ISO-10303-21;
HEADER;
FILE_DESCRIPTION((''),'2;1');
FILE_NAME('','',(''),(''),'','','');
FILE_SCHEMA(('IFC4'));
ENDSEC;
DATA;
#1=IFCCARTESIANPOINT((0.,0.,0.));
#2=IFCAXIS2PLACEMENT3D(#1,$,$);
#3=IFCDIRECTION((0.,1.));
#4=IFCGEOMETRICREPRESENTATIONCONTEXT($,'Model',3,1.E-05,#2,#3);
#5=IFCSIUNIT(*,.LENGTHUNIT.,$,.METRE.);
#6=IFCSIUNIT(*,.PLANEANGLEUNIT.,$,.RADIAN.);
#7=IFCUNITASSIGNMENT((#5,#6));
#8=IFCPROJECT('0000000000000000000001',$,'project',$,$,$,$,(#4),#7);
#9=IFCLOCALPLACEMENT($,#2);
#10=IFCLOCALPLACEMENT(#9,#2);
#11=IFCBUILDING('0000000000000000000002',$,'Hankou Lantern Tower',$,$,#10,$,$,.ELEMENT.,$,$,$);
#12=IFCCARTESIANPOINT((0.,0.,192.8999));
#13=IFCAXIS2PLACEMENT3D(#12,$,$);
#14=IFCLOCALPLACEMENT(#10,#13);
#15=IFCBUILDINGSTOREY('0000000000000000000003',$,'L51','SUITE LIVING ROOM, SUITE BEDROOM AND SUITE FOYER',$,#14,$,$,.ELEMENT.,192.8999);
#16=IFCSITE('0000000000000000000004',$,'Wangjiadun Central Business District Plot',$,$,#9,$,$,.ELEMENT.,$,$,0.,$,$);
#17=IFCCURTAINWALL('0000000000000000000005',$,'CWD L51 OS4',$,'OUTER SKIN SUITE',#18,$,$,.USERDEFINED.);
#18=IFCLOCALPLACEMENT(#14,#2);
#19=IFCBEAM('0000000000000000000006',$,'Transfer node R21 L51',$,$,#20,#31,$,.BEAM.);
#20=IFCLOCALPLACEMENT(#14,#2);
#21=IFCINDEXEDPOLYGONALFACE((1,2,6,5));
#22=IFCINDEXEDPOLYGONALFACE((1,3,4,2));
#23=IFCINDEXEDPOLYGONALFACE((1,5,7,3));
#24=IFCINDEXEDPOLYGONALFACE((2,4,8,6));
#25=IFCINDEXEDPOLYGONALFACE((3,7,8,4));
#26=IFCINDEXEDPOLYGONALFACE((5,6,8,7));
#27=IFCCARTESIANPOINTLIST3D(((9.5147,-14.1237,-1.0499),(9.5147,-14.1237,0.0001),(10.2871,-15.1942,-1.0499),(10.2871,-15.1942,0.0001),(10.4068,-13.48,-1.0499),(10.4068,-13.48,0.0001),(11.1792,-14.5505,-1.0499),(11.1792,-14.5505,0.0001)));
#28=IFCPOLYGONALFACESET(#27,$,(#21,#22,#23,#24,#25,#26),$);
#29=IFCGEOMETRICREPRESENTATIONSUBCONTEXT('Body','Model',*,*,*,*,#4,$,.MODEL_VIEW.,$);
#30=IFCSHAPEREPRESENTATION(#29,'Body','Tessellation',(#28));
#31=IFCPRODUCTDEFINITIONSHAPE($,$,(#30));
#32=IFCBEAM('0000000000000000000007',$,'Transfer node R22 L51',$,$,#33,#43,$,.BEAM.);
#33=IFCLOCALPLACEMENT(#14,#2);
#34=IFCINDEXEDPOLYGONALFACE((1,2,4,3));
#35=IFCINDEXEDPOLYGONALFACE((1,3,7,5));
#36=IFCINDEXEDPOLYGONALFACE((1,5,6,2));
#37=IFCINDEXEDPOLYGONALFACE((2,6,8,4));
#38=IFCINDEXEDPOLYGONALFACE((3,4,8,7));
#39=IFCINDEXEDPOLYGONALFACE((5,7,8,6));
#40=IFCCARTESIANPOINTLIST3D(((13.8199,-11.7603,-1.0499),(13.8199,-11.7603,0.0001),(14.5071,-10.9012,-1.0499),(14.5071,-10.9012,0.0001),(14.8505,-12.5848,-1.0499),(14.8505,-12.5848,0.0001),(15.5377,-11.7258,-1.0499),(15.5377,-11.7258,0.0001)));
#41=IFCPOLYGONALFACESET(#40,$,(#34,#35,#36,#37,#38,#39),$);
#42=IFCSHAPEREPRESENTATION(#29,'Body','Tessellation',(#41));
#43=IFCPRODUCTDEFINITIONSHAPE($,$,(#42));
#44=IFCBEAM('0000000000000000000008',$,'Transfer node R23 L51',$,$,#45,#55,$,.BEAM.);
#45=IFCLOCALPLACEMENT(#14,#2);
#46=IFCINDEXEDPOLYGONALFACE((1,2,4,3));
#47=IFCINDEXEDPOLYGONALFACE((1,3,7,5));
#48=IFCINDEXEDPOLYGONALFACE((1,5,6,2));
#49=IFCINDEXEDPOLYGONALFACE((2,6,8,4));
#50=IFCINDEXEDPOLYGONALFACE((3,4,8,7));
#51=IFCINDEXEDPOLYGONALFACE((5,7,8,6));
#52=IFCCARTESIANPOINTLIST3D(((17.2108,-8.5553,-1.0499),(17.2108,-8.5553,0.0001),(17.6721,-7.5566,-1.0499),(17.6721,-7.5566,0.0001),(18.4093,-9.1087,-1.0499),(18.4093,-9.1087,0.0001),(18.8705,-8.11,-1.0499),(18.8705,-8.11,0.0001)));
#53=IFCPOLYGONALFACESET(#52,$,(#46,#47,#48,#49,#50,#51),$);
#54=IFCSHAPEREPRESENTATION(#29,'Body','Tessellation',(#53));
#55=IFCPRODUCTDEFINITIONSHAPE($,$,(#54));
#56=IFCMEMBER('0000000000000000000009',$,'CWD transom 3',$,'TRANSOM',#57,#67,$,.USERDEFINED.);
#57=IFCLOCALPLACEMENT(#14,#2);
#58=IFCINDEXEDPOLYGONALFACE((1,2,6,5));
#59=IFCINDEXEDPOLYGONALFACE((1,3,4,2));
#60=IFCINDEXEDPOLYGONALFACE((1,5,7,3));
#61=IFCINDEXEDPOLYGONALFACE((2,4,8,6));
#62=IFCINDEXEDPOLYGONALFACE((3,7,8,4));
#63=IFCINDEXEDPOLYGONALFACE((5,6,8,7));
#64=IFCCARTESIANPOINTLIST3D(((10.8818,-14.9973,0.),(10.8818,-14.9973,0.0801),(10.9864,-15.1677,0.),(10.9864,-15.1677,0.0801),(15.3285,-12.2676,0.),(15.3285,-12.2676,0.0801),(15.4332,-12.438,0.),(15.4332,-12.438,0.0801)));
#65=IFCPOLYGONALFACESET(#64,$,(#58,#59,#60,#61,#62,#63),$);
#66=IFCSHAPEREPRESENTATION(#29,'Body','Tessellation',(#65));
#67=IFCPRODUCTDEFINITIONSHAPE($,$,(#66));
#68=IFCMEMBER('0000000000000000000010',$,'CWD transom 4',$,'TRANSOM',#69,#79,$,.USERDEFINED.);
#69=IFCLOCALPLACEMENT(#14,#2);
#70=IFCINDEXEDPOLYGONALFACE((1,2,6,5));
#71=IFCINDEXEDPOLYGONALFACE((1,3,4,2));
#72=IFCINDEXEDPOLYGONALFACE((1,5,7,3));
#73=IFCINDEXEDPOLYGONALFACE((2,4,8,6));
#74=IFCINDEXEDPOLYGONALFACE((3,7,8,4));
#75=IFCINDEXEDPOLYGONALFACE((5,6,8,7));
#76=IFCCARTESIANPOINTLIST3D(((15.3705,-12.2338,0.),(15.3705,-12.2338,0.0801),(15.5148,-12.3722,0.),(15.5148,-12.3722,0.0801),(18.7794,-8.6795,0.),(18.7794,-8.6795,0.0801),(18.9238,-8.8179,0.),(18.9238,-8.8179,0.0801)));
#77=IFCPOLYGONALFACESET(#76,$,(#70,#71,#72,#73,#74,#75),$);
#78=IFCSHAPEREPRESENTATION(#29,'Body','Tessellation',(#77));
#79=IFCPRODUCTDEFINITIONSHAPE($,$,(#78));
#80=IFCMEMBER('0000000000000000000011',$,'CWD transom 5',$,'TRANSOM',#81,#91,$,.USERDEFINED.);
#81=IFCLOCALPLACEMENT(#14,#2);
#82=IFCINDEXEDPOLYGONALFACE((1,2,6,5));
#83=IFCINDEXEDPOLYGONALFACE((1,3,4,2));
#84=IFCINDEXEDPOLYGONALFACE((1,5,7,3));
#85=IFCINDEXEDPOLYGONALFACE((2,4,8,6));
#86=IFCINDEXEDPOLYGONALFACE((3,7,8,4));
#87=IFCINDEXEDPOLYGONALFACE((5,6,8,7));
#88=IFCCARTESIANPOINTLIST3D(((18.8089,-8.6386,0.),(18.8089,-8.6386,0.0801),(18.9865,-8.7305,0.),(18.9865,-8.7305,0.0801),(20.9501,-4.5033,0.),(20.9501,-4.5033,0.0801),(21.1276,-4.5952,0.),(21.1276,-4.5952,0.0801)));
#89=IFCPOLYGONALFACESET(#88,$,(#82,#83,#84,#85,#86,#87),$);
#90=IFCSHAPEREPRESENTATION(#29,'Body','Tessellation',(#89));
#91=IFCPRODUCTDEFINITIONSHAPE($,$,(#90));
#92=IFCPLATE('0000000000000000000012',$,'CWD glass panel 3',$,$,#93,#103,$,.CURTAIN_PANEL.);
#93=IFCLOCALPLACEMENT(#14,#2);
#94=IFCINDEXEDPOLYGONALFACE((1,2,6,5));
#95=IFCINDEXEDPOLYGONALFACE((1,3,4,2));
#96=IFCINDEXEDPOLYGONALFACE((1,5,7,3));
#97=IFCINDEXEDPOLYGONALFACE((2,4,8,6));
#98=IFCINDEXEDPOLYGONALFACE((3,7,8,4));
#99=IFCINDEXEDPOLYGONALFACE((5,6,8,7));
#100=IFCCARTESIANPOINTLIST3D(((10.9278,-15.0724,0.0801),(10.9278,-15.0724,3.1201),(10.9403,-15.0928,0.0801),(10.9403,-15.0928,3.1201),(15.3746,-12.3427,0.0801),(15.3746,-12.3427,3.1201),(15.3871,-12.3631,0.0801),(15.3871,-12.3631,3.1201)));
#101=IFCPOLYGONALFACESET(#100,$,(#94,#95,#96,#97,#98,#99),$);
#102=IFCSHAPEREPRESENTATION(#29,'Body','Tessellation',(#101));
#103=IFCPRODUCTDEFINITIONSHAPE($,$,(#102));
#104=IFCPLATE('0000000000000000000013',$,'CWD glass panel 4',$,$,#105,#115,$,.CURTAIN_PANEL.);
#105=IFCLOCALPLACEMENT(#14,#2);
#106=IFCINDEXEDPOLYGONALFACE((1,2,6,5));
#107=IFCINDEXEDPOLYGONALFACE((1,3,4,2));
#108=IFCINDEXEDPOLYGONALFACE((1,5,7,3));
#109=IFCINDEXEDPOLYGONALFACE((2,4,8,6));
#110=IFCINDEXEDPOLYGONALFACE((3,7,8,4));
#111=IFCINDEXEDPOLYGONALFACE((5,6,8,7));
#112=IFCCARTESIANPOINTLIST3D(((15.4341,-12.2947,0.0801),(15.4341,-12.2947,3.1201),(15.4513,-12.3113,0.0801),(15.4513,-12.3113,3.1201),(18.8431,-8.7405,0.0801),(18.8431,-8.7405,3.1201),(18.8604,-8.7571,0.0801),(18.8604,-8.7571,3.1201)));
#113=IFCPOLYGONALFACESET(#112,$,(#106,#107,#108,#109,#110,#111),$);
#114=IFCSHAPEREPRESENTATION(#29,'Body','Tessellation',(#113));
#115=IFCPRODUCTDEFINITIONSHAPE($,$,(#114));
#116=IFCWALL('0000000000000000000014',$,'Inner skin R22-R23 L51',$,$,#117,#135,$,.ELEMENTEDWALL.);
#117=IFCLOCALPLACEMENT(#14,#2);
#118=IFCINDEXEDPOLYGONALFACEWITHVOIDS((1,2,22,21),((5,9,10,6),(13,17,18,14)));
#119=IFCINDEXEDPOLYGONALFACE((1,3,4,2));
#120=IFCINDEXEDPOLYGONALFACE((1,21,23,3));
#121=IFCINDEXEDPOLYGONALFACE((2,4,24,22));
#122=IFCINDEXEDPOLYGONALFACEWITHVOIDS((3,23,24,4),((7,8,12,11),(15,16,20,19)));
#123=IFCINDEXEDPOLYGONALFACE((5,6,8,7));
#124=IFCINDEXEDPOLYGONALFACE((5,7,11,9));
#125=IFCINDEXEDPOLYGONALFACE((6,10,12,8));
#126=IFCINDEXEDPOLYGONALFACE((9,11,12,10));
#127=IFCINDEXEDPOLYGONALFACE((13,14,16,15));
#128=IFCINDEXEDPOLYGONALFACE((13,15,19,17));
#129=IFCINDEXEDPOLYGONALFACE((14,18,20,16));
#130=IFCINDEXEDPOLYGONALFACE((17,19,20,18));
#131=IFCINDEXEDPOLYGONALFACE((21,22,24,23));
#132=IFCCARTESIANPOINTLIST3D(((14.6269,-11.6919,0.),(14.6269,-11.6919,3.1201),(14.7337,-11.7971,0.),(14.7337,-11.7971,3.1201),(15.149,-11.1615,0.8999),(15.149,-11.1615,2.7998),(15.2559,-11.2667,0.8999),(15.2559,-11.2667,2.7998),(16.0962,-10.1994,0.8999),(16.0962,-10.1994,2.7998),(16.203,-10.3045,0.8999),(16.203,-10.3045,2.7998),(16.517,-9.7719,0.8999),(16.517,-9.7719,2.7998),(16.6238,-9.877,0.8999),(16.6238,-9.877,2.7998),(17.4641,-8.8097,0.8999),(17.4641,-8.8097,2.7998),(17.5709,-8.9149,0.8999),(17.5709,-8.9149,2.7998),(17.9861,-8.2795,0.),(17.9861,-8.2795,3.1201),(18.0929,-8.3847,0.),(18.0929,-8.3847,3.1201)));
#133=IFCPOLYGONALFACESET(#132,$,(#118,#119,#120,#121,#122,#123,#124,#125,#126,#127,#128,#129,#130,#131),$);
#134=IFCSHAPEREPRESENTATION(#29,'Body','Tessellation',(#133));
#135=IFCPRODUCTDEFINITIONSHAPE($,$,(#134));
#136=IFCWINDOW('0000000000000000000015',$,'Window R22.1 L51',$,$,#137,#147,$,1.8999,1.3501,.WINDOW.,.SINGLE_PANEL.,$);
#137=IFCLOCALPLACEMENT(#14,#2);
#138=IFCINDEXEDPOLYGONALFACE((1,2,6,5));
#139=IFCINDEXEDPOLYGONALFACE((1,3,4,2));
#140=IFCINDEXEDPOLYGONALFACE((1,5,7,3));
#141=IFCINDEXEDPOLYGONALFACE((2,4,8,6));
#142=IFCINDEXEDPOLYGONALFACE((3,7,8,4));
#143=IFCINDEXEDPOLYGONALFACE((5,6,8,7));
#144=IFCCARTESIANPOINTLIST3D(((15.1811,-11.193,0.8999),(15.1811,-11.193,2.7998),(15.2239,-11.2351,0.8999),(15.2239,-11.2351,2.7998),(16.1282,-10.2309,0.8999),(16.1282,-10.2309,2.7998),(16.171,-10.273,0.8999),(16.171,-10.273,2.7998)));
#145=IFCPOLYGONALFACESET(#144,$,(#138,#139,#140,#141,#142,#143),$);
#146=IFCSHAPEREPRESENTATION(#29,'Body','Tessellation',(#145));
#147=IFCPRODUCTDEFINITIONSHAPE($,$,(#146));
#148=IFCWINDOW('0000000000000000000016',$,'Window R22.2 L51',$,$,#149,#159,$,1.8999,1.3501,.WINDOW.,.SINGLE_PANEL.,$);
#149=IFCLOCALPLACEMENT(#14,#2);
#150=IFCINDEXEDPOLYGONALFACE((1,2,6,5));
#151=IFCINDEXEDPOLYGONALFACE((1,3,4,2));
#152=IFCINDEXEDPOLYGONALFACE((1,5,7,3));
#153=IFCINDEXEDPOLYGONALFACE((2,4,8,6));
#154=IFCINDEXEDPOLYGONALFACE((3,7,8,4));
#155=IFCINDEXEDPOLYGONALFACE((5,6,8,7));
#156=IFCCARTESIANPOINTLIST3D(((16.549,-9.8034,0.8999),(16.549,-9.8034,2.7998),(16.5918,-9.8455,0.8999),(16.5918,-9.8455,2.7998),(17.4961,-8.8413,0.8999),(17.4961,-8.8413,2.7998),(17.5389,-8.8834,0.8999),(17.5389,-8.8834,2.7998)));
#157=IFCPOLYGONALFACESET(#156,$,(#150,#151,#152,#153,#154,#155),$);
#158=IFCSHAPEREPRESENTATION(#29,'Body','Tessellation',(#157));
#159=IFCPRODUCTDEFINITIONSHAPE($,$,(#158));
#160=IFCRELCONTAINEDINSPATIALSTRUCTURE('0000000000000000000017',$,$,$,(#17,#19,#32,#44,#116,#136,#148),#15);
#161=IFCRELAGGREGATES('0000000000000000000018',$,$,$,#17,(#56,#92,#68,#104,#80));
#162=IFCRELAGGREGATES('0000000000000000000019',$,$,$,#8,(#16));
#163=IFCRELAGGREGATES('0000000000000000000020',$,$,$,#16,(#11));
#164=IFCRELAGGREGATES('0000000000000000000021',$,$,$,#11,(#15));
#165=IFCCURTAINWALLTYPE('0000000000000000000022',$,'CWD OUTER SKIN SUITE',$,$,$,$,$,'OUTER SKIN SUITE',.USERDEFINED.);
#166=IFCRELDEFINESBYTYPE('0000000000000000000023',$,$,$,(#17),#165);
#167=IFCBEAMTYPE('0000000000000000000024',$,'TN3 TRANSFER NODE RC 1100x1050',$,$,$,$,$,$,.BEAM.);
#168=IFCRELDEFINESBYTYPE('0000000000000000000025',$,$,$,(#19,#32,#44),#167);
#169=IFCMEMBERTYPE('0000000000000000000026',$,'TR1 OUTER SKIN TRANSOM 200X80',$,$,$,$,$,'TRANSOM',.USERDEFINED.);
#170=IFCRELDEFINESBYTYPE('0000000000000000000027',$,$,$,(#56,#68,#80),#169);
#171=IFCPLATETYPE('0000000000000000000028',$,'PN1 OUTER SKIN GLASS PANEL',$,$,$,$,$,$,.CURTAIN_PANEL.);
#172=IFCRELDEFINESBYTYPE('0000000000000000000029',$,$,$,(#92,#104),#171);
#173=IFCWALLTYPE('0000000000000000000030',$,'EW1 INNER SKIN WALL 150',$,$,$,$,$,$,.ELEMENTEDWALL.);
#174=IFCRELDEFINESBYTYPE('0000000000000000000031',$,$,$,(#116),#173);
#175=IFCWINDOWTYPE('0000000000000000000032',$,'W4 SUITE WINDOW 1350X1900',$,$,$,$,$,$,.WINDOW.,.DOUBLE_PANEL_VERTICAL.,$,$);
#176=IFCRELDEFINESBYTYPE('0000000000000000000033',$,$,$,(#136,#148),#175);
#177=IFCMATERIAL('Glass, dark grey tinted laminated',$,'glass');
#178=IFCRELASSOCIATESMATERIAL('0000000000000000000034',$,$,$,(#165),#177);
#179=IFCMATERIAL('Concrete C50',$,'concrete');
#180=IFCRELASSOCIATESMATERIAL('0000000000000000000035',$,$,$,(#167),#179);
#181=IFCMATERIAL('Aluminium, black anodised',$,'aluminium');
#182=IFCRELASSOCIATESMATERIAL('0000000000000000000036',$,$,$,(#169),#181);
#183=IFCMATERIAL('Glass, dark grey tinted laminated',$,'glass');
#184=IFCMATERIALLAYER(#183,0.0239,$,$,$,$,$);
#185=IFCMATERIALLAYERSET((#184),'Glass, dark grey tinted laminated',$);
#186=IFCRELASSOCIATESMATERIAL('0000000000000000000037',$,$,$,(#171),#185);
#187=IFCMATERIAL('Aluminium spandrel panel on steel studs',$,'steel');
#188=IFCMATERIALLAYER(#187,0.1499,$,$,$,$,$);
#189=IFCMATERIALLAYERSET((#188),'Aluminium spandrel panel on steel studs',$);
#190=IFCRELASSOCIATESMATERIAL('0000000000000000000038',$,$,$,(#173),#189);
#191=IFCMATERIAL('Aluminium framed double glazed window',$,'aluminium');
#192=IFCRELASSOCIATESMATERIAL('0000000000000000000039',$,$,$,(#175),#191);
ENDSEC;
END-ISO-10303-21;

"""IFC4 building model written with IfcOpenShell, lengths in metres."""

from ifc_helpers import new_model, si_unit, direction, frame, frame_2d, origin, origin_2d, place, context, subcontext, project, spatial, rectangle, extrude, material, layer, layer_set, material_profile, profile_set, type_object, element, fill, aggregate, save


model = new_model("IFC4")

# Units and contexts
model_context = context("Model", 3, precision=1e-05, world=origin(), true_north=direction((0.0, 1.0)))
body_context = subcontext(model_context, "Body", "Model", "MODEL_VIEW")
ifc_project = project(units=[si_unit("LENGTHUNIT", "METRE"), si_unit("PLANEANGLEUNIT", "RADIAN")], contexts=[model_context])

# Site, building, storey
site_placement = place(None, origin())
site = spatial("IfcSite", under=ifc_project, at=site_placement, Name="Wangjiadun Central Business District Plot", CompositionType="ELEMENT", RefElevation=0.0)
building_placement = place(site_placement, origin())
building = spatial("IfcBuilding", under=site, at=building_placement, Name="Hankou Lantern Tower", CompositionType="ELEMENT")
storey_placement = place(building_placement, frame((0.0, 0.0, 192.8999)))
storey = spatial("IfcBuildingStorey", under=building, at=storey_placement, Name="L51", Description="SUITE LIVING ROOM, SUITE BEDROOM AND SUITE FOYER", CompositionType="ELEMENT", Elevation=192.8999)

# Curtain wall
ifc_material_1 = material(Name="Glass, dark grey tinted laminated", Category="glass")
curtain_wall_type = type_object("IfcCurtainWallType", Name="CWD OUTER SKIN SUITE", ElementType="OUTER SKIN SUITE", PredefinedType="USERDEFINED", material=ifc_material_1)
curtain_wall_placement = place(storey_placement, origin())
curtain_wall = element("IfcCurtainWall", 1, at=curtain_wall_placement, inside=storey, type_object=curtain_wall_type, Name="CWD L51 OS4", ObjectType="OUTER SKIN SUITE", PredefinedType="USERDEFINED")

# Beams
ifc_material_2 = material(Name="Concrete C50", Category="concrete")
ifc_material_profile_1 = material_profile(ifc_material_2, rectangle(XDim=1.1001, YDim=1.05, at=origin_2d()), Name="RC 1100x1050")
ifc_profile_set_1 = profile_set([ifc_material_profile_1], Name="Concrete C50")
beam_type_1 = type_object("IfcBeamType", Name="TN3 TRANSFER NODE RC 1100x1050", PredefinedType="BEAM", material=ifc_profile_set_1)
beam_1_placement = place(storey_placement, frame((10.7332, -14.8723, -0.5249), z_axis=(-0.585133, 0.810938, 0.0), x_axis=(-0.810938, -0.585133, 0.0)))
element("IfcBeam", 2, at=beam_1_placement, inside=storey, type_object=beam_type_1, Name="Transfer node R21 L51", PredefinedType="BEAM", context=body_context, shape_type="SweptSolid", body=[
    extrude(rectangle(XDim=1.1001, YDim=1.05, at=origin_2d()), origin(), (0.0, 0.0, 1.0), 1.3201),
])
beam_2_placement = place(storey_placement, frame((15.1941, -12.1553, -0.5249), z_axis=(-0.780851, 0.624718, 0.0), x_axis=(-0.624718, -0.780851, 0.0)))
element("IfcBeam", 3, at=beam_2_placement, inside=storey, type_object=beam_type_1, Name="Transfer node R22 L51", PredefinedType="BEAM", context=body_context, shape_type="SweptSolid", body=[
    extrude(rectangle(XDim=1.1001, YDim=1.05, at=origin_2d()), origin(), (0.0, 0.0, 1.0), 1.3198),
])
beam_3_placement = place(storey_placement, frame((18.6399, -8.6094, -0.5249), z_axis=(-0.907867, 0.419258, 0.0), x_axis=(-0.419258, -0.907867, 0.0)))
element("IfcBeam", 4, at=beam_3_placement, inside=storey, type_object=beam_type_1, Name="Transfer node R23 L51", PredefinedType="BEAM", context=body_context, shape_type="SweptSolid", body=[
    extrude(rectangle(XDim=1.1001, YDim=1.05, at=origin_2d()), origin(), (0.0, 0.0, 1.0), 1.3201),
])

# Members
ifc_material_3 = material(Name="Aluminium, black anodised", Category="aluminium")
ifc_material_profile_2 = material_profile(ifc_material_3, rectangle(XDim=0.2, YDim=0.0801, at=origin_2d()), Name="TR1 200X80")
ifc_profile_set_2 = profile_set([ifc_material_profile_2], Name="Aluminium, black anodised")
member_type_1 = type_object("IfcMemberType", Name="TR1 OUTER SKIN TRANSOM 200X80", ElementType="TRANSOM", PredefinedType="USERDEFINED", material=ifc_profile_set_2)
member_1_placement = place(storey_placement, frame((10.9341, -15.0825, 0.04), z_axis=(0.852235, 0.52316, 0.0), x_axis=(-0.52316, 0.852235, 0.0)))
member_1 = element("IfcMember", 5, at=member_1_placement, type_object=member_type_1, Name="CWD transom 3", ObjectType="TRANSOM", PredefinedType="USERDEFINED", context=body_context, shape_type="SweptSolid", body=[
    extrude(rectangle(XDim=0.2, YDim=0.0801, at=origin_2d()), origin(), (0.0, 0.0, 1.0), 5.2178),
])
member_2_placement = place(storey_placement, frame((15.4426, -12.303, 0.04), z_axis=(0.692205, 0.721701, 0.0), x_axis=(-0.721701, 0.692205, 0.0)))
member_2 = element("IfcMember", 6, at=member_2_placement, type_object=member_type_1, Name="CWD transom 4", ObjectType="TRANSOM", PredefinedType="USERDEFINED", context=body_context, shape_type="SweptSolid", body=[
    extrude(rectangle(XDim=0.2, YDim=0.0801, at=origin_2d()), origin(), (0.0, 0.0, 1.0), 4.9248),
])
member_3_placement = place(storey_placement, frame((18.8977, -8.6846, 0.04), z_axis=(0.459794, 0.888026, 0.0), x_axis=(-0.888026, 0.459794, 0.0)))
member_3 = element("IfcMember", 7, at=member_3_placement, type_object=member_type_1, Name="CWD transom 5", ObjectType="TRANSOM", PredefinedType="USERDEFINED", context=body_context, shape_type="SweptSolid", body=[
    extrude(rectangle(XDim=0.2, YDim=0.0801, at=origin_2d()), origin(), (0.0, 0.0, 1.0), 4.6567),
])

# Plates
ifc_material_4 = material(Name="Glass, dark grey tinted laminated", Category="glass")
ifc_layer_1 = layer(ifc_material_4, 0.0239)
ifc_layer_set_1 = layer_set([ifc_layer_1], Name="Glass, dark grey tinted laminated")
plate_type = type_object("IfcPlateType", Name="PN1 OUTER SKIN GLASS PANEL", PredefinedType="CURTAIN_PANEL", material=ifc_layer_set_1)
plate_1_placement = place(storey_placement, frame((13.1575, -13.7178, 0.0801), z_axis=(0.0, 0.0, 1.0), x_axis=(0.852237, 0.523156, 0.0)))
plate_1 = element("IfcPlate", 8, at=plate_1_placement, type_object=plate_type, Name="CWD glass panel 3", PredefinedType="CURTAIN_PANEL", context=body_context, shape_type="SweptSolid", body=[
    extrude(rectangle(XDim=5.2178, YDim=0.0239, at=origin_2d()), origin(), (0.0, 0.0, 1.0), 3.04),
])
plate_2_placement = place(storey_placement, frame((17.1472, -10.5259, 0.0801), z_axis=(0.0, 0.0, 1.0), x_axis=(0.692216, 0.721691, 0.0)))
plate_2 = element("IfcPlate", 9, at=plate_2_placement, type_object=plate_type, Name="CWD glass panel 4", PredefinedType="CURTAIN_PANEL", context=body_context, shape_type="SweptSolid", body=[
    extrude(rectangle(XDim=4.9248, YDim=0.0239, at=origin_2d()), origin(), (0.0, 0.0, 1.0), 3.04),
])
aggregate(curtain_wall, [member_1, plate_1, member_2, plate_2, member_3])

# Wall, openings, windows
ifc_material_5 = material(Name="Aluminium spandrel panel on steel studs", Category="steel")
ifc_layer_2 = layer(ifc_material_5, 0.1499)
ifc_layer_set_2 = layer_set([ifc_layer_2], Name="Aluminium spandrel panel on steel studs")
wall_type_1 = type_object("IfcWallType", Name="EW1 INNER SKIN WALL 150", PredefinedType="ELEMENTEDWALL", material=ifc_layer_set_2)
wall_1_placement = place(storey_placement, frame((14.6804, -11.7444, 0.0), z_axis=(0.0, 0.0, 1.0), x_axis=(0.701527, 0.712643, 0.0)))
wall_1 = element("IfcWall", 10, at=wall_1_placement, inside=storey, type_object=wall_type_1, Name="Inner skin R22-R23 L51", PredefinedType="ELEMENTEDWALL", context=body_context, shape_type="SweptSolid", body=[
    extrude(rectangle(XDim=4.7883, YDim=0.1499, at=frame_2d((2.394, 0.0))), origin(), (0.0, 0.0, 1.0), 3.1201),
])
opening_1_placement = place(wall_1_placement, frame((0.7441, 0.0, 0.8999)))
opening_1 = element("IfcOpeningElement", 11, at=opening_1_placement, cuts=wall_1, PredefinedType="OPENING", context=body_context, shape_type="SweptSolid", body=[
    extrude(rectangle(XDim=1.3501, YDim=1.8999, at=frame_2d((0.675, 0.95))), frame((0.0, 0.085, 0.0), z_axis=(0.0, -1.0, 0.0), x_axis=(1.0, 0.0, 0.0)), (0.0, 0.0, 1.0), 0.1699),
])
opening_2_placement = place(wall_1_placement, frame((2.6941, 0.0, 0.8999)))
opening_2 = element("IfcOpeningElement", 12, at=opening_2_placement, cuts=wall_1, PredefinedType="OPENING", context=body_context, shape_type="SweptSolid", body=[
    extrude(rectangle(XDim=1.3501, YDim=1.8999, at=frame_2d((0.675, 0.95))), frame((0.0, 0.085, 0.0), z_axis=(0.0, -1.0, 0.0), x_axis=(1.0, 0.0, 0.0)), (0.0, 0.0, 1.0), 0.1699),
])
ifc_material_6 = material(Name="Aluminium framed double glazed window", Category="aluminium")
window_type = type_object("IfcWindowType", Name="W4 SUITE WINDOW 1350X1900", PartitioningType="DOUBLE_PANEL_VERTICAL", PredefinedType="WINDOW", material=ifc_material_6)
window_1_placement = place(opening_1_placement, origin())
window_1 = element("IfcWindow", 13, at=window_1_placement, inside=storey, type_object=window_type, Name="Window R22.1 L51", OverallHeight=1.8999, OverallWidth=1.3501, PartitioningType="SINGLE_PANEL", PredefinedType="WINDOW", context=body_context, shape_type="SweptSolid", body=[
    extrude(rectangle(XDim=1.3501, YDim=1.8999, at=frame_2d((0.675, 0.95))), frame((0.0, 0.03, 0.0), z_axis=(0.0, -1.0, 0.0), x_axis=(1.0, 0.0, 0.0)), (0.0, 0.0, 1.0), 0.0601),
])
fill(opening_1, window_1)
window_2_placement = place(opening_2_placement, origin())
window_2 = element("IfcWindow", 14, at=window_2_placement, inside=storey, type_object=window_type, Name="Window R22.2 L51", OverallHeight=1.8999, OverallWidth=1.3501, PartitioningType="SINGLE_PANEL", PredefinedType="WINDOW", context=body_context, shape_type="SweptSolid", body=[
    extrude(rectangle(XDim=1.3501, YDim=1.8999, at=frame_2d((0.675, 0.95))), frame((0.0, 0.03, 0.0), z_axis=(0.0, -1.0, 0.0), x_axis=(1.0, 0.0, 0.0)), (0.0, 0.0, 1.0), 0.0601),
])
fill(opening_2, window_2)

save(model, "model.ifc")
